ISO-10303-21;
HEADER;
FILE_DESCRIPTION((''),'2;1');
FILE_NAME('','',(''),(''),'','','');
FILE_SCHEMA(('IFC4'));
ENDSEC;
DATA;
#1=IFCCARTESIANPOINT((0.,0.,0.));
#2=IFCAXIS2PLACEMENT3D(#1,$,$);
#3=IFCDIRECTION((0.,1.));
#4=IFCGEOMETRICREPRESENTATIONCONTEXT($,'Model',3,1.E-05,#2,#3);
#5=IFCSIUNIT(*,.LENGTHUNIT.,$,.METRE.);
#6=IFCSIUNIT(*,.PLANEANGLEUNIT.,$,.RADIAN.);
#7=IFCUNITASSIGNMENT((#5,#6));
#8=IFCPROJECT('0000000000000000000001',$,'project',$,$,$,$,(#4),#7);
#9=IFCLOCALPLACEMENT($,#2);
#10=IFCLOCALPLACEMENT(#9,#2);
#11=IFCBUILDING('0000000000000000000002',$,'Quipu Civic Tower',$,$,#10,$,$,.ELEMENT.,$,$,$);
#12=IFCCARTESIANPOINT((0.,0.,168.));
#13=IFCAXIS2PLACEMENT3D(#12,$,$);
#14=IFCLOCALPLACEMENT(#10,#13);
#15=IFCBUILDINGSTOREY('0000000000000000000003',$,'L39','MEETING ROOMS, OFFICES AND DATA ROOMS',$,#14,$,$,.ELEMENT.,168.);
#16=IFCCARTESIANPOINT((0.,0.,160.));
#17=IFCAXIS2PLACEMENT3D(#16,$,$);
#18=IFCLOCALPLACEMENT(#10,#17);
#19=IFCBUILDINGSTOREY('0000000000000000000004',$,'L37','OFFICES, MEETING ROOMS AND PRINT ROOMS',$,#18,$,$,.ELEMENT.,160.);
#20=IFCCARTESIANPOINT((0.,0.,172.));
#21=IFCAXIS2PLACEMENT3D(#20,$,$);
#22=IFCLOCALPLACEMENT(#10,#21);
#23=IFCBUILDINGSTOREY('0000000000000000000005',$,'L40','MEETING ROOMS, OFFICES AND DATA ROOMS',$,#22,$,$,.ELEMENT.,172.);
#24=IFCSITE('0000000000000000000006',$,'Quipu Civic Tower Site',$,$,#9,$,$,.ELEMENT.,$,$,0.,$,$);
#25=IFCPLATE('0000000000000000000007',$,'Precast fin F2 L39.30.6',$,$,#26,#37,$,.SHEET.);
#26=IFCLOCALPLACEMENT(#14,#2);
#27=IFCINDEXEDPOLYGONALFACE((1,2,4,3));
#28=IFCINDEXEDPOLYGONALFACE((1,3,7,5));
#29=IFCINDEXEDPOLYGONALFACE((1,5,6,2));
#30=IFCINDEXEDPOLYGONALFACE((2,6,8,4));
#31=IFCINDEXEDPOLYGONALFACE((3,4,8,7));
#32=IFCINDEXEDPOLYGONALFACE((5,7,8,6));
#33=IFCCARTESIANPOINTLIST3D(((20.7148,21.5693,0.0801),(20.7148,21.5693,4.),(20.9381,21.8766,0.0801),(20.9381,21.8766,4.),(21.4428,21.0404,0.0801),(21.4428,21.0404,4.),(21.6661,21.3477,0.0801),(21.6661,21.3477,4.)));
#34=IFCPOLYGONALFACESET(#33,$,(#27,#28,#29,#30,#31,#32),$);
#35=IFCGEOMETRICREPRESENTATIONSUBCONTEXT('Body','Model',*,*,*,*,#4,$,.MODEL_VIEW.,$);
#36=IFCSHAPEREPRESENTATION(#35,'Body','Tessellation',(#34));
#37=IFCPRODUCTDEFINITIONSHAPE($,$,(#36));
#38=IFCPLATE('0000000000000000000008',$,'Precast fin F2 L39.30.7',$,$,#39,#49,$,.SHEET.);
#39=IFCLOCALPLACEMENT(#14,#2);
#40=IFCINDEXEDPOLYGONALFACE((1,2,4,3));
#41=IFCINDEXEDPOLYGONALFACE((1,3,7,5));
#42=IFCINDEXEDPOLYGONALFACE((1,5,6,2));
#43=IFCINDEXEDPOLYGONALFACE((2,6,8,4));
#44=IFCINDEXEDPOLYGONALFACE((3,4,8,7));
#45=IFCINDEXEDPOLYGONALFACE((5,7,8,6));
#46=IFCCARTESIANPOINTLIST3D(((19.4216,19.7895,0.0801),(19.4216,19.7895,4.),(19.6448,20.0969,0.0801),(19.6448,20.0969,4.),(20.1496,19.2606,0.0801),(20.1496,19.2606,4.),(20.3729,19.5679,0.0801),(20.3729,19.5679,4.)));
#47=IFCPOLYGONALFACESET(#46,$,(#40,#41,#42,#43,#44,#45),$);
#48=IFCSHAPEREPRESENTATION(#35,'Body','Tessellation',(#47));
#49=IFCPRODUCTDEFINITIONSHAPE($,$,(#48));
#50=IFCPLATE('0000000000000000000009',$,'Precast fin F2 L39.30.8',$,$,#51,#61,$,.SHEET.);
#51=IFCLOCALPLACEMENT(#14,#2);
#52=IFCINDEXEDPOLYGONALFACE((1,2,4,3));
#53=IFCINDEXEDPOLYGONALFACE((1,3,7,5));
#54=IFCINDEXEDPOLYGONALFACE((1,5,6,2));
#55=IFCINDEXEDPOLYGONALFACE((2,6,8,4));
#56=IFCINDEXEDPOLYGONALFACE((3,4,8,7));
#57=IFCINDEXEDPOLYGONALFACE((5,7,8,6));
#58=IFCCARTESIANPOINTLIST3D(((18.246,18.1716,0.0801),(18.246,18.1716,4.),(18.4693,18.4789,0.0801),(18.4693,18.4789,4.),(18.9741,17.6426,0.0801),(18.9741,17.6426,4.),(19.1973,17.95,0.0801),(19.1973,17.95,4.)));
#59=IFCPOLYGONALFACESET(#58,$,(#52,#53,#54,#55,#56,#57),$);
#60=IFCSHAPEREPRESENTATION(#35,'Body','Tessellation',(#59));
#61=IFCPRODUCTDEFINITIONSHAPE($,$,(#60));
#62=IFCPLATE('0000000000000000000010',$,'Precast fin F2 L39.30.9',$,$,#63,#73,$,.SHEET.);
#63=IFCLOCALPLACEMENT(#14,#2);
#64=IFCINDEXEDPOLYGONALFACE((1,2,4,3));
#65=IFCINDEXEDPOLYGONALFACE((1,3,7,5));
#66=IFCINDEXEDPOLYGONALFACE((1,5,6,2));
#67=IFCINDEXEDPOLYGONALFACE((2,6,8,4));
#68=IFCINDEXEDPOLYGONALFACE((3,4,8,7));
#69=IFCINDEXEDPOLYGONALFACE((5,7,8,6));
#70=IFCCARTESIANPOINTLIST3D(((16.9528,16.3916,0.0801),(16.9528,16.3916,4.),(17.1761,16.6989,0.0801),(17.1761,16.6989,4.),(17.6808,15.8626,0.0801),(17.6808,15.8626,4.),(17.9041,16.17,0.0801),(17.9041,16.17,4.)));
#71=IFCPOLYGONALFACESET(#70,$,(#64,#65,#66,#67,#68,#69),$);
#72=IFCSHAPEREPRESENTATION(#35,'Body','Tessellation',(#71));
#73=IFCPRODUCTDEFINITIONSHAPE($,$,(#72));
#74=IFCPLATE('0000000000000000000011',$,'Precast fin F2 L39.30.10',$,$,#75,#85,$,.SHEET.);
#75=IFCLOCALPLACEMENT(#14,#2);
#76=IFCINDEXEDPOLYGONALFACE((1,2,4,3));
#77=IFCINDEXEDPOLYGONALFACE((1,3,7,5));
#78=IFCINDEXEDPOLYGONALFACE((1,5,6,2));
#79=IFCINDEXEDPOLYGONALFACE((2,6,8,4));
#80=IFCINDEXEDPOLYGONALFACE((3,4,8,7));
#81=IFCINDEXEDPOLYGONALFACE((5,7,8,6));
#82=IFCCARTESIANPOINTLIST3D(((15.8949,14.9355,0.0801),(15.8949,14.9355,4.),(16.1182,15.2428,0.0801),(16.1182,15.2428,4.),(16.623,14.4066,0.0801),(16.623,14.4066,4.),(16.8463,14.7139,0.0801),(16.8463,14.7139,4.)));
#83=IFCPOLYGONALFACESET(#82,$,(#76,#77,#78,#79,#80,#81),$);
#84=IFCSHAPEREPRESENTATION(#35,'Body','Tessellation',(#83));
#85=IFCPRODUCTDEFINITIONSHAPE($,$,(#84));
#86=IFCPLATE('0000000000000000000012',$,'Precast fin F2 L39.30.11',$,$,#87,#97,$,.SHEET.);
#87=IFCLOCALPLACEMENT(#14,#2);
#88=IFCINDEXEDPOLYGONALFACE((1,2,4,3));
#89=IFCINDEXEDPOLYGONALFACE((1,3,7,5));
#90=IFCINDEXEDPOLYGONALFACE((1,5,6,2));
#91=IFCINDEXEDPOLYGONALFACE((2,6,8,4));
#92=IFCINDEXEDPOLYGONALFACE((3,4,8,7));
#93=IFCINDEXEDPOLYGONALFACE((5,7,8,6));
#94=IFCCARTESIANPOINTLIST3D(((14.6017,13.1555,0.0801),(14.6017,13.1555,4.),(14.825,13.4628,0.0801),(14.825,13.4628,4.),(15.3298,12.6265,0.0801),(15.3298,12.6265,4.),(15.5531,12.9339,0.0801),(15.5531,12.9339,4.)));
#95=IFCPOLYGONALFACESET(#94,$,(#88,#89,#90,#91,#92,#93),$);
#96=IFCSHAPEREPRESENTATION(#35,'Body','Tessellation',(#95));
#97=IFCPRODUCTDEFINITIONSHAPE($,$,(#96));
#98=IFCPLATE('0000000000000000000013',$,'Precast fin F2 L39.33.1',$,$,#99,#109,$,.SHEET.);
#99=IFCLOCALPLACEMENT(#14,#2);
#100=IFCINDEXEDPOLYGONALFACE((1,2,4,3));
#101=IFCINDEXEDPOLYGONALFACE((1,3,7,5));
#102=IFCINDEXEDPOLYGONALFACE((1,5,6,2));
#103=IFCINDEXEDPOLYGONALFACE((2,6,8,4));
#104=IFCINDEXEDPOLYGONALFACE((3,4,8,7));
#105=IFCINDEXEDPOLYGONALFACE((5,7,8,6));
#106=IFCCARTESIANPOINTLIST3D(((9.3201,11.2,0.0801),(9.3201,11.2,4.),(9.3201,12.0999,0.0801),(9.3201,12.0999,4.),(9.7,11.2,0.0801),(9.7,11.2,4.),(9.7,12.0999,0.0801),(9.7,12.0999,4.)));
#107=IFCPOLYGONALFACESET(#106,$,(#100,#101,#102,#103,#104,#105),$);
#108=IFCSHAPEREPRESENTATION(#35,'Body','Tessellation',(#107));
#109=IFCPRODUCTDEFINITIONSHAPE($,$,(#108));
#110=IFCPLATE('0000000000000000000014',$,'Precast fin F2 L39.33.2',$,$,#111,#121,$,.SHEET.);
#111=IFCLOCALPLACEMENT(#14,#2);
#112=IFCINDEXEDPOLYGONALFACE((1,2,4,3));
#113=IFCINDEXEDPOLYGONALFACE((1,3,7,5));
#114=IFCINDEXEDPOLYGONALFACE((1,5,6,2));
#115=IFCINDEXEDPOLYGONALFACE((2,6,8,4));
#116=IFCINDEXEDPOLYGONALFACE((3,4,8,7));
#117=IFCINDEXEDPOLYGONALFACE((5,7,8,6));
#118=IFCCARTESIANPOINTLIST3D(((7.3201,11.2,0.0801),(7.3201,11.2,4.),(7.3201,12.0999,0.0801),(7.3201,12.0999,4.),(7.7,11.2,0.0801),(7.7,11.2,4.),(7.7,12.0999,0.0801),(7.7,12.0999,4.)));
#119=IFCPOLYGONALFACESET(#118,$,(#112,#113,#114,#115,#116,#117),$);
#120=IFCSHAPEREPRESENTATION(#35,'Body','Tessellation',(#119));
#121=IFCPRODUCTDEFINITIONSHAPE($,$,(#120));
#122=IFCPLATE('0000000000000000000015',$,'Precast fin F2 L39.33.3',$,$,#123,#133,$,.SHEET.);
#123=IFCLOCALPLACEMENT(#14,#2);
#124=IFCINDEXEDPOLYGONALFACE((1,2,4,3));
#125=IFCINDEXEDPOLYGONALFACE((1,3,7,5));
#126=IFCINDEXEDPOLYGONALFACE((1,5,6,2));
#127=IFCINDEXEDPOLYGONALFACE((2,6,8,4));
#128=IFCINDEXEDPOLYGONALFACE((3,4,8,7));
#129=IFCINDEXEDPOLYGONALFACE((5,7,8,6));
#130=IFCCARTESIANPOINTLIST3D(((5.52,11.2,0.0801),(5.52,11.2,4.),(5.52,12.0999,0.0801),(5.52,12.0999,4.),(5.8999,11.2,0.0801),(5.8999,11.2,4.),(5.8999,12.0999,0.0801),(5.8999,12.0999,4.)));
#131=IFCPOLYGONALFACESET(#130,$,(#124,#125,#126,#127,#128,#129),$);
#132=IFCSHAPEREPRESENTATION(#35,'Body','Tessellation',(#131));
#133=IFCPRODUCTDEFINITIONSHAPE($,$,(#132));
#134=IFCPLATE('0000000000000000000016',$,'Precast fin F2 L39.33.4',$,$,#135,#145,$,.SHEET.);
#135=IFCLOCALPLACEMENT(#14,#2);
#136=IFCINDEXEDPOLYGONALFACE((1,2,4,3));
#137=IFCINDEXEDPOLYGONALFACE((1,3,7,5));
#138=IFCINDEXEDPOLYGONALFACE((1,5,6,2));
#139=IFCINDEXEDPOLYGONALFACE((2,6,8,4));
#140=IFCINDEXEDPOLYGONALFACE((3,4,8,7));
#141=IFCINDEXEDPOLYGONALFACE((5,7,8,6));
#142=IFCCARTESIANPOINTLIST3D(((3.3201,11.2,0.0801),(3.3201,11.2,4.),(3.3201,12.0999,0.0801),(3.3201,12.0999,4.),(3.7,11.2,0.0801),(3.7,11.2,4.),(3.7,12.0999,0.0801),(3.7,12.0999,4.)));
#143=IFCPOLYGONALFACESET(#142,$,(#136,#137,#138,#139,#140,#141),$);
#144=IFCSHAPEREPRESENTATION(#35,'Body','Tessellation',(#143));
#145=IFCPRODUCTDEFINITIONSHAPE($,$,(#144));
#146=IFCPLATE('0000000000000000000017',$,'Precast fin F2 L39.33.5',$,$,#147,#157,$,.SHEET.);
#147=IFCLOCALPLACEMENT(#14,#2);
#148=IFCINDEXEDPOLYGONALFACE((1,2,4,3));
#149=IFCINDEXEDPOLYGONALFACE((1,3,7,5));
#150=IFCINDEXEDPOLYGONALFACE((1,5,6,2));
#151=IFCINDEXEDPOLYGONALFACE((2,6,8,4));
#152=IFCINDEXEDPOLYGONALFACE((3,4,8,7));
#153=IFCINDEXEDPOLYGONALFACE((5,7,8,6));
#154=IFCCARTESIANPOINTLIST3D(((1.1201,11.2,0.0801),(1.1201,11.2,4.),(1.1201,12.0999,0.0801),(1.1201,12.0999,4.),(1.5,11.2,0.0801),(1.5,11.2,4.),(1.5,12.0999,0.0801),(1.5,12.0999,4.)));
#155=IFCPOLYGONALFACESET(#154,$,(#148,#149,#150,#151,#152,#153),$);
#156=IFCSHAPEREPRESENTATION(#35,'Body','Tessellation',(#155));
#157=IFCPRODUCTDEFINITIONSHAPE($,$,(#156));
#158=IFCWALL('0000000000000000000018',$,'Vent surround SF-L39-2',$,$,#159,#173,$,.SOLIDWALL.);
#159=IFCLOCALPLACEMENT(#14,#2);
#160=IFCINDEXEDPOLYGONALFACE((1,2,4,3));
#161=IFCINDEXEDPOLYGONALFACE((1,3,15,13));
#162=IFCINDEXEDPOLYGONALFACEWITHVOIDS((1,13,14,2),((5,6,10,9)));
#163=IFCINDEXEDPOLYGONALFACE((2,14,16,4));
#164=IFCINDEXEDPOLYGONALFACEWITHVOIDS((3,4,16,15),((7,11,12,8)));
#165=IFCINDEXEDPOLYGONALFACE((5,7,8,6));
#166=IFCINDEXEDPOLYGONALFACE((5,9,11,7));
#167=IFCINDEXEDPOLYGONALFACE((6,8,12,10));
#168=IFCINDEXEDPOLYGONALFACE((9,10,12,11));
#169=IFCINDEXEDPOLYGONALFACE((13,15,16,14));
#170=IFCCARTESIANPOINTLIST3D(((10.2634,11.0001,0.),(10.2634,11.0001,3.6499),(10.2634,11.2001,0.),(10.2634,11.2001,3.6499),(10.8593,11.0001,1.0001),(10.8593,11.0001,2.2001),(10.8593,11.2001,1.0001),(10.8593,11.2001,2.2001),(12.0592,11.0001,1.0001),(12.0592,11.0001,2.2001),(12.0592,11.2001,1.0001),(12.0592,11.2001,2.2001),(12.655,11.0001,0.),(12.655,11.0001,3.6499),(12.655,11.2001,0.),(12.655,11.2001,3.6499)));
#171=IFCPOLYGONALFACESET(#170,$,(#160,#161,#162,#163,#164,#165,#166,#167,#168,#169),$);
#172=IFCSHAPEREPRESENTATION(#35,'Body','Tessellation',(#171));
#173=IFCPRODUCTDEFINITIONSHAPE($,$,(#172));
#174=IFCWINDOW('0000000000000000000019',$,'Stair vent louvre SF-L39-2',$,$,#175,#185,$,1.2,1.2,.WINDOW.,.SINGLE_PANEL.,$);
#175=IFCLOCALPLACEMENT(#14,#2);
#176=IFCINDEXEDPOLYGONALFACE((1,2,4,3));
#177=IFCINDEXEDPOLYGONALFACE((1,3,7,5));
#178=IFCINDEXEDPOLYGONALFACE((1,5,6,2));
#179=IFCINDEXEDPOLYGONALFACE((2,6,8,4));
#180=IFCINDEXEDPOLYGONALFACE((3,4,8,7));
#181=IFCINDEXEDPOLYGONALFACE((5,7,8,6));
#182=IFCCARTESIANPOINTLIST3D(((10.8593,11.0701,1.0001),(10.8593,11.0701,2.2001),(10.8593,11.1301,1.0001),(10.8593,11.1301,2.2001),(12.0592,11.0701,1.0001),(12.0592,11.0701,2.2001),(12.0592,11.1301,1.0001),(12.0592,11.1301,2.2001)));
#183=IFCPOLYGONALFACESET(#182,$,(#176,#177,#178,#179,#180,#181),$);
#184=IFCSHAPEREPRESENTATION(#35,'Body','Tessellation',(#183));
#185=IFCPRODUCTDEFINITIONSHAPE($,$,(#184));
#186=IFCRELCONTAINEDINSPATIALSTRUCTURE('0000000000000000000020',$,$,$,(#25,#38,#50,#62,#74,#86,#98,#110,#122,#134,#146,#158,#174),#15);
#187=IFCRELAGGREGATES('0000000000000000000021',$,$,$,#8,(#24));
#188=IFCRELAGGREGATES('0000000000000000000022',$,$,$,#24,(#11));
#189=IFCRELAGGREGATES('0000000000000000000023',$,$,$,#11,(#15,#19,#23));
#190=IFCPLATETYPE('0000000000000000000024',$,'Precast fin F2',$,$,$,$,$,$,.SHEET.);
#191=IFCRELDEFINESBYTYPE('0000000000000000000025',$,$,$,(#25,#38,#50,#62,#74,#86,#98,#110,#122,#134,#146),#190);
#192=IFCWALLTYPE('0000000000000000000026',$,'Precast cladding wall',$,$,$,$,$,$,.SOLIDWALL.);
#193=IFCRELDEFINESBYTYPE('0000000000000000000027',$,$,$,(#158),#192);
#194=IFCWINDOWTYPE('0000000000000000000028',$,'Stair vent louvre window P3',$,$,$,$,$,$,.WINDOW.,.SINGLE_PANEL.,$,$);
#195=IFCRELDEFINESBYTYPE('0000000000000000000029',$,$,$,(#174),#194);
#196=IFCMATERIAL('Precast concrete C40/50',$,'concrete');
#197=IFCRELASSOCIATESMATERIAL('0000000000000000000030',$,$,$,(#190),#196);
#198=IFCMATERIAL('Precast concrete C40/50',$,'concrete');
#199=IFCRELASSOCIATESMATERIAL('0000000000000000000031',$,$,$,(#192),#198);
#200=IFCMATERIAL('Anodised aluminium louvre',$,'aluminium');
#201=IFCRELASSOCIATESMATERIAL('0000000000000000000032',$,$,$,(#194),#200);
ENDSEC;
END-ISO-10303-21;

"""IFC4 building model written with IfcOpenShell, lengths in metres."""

from ifc_helpers import new_model, si_unit, direction, frame, frame_2d, origin, origin_2d, place, context, subcontext, project, spatial, rectangle, extrude, material, type_object, element, fill, save


model = new_model("IFC4")

# Units and contexts
model_context = context("Model", 3, precision=1e-05, world=origin(), true_north=direction((0.0, 1.0)))
body_context = subcontext(model_context, "Body", "Model", "MODEL_VIEW")
ifc_project = project(units=[si_unit("LENGTHUNIT", "METRE"), si_unit("PLANEANGLEUNIT", "RADIAN")], contexts=[model_context])

# Site, building, storey
site_placement = place(None, origin())
site = spatial("IfcSite", under=ifc_project, at=site_placement, Name="Quipu Civic Tower Site", CompositionType="ELEMENT", RefElevation=0.0)
building_placement = place(site_placement, origin())
building = spatial("IfcBuilding", under=site, at=building_placement, Name="Quipu Civic Tower", CompositionType="ELEMENT")
storey_1_placement = place(building_placement, frame((0.0, 0.0, 168.0)))
storey_1 = spatial("IfcBuildingStorey", under=building, at=storey_1_placement, Name="L39", Description="MEETING ROOMS, OFFICES AND DATA ROOMS", CompositionType="ELEMENT", Elevation=168.0)

# Shared definitions
storey_2_placement = place(building_placement, frame((0.0, 0.0, 160.0)))
storey_2 = spatial("IfcBuildingStorey", under=building, at=storey_2_placement, Name="L37", Description="OFFICES, MEETING ROOMS AND PRINT ROOMS", CompositionType="ELEMENT", Elevation=160.0)

# Shared definitions
storey_3_placement = place(building_placement, frame((0.0, 0.0, 172.0)))
storey_3 = spatial("IfcBuildingStorey", under=building, at=storey_3_placement, Name="L40", Description="MEETING ROOMS, OFFICES AND DATA ROOMS", CompositionType="ELEMENT", Elevation=172.0)

# Plates
ifc_material_1 = material(Name="Precast concrete C40/50", Category="concrete")
plate_type_1 = type_object("IfcPlateType", Name="Precast fin F2", PredefinedType="SHEET", material=ifc_material_1)
for number, where, z_axis, x_axis, name in (
    (1, (21.1904, 21.4585, 0.0801), (0.0, 0.0, 1.0), (-0.587787, -0.809016, 0.0), "Precast fin F2 L39.30.6"),
    (2, (19.8972, 19.6787, 0.0801), (0.0, 0.0, 1.0), (-0.587787, -0.809016, 0.0), "Precast fin F2 L39.30.7"),
    (3, (18.7217, 18.0608, 0.0801), (0.0, 0.0, 1.0), (-0.587787, -0.809016, 0.0), "Precast fin F2 L39.30.8"),
    (4, (17.4285, 16.2808, 0.0801), (0.0, 0.0, 1.0), (-0.587787, -0.809016, 0.0), "Precast fin F2 L39.30.9"),
    (5, (16.3706, 14.8247, 0.0801), (0.0, 0.0, 1.0), (-0.587787, -0.809016, 0.0), "Precast fin F2 L39.30.10"),
    (6, (15.0774, 13.0447, 0.0801), (0.0, 0.0, 1.0), (-0.587787, -0.809016, 0.0), "Precast fin F2 L39.30.11"),
    (7, (9.51, 11.6499, 0.0801), (0.0, 0.0, 1.0), (-1.0, 0.0, 0.0), "Precast fin F2 L39.33.1"),
    (8, (7.51, 11.6499, 0.0801), (0.0, 0.0, 1.0), (-1.0, 0.0, 0.0), "Precast fin F2 L39.33.2"),
    (9, (5.71, 11.6499, 0.0801), (0.0, 0.0, 1.0), (-1.0, 0.0, 0.0), "Precast fin F2 L39.33.3"),
    (10, (3.51, 11.6499, 0.0801), (0.0, 0.0, 1.0), (-1.0, 0.0, 0.0), "Precast fin F2 L39.33.4"),
    (11, (1.3101, 11.6499, 0.0801), (0.0, 0.0, 1.0), (-1.0, 0.0, 0.0), "Precast fin F2 L39.33.5"),
):
    element("IfcPlate", number, at=place(storey_1_placement, frame(where, z_axis=z_axis, x_axis=x_axis)), inside=storey_1, type_object=plate_type_1, Name=name, PredefinedType="SHEET", context=body_context, shape_type="SweptSolid", body=[
        extrude(rectangle(XDim=0.3799, YDim=0.8999, at=origin_2d()), origin(), (0.0, 0.0, 1.0), 3.9199),
    ])

# Wall, opening, window
ifc_material_2 = material(Name="Precast concrete C40/50", Category="concrete")
wall_type = type_object("IfcWallType", Name="Precast cladding wall", PredefinedType="SOLIDWALL", material=ifc_material_2)
wall_placement = place(storey_1_placement, frame((12.655, 11.1001, 0.0), z_axis=(0.0, 0.0, 1.0), x_axis=(-1.0, 0.0, 0.0)))
wall = element("IfcWall", 12, at=wall_placement, inside=storey_1, type_object=wall_type, Name="Vent surround SF-L39-2", PredefinedType="SOLIDWALL", context=body_context, shape_type="SweptSolid", body=[
    extrude(rectangle(XDim=2.3916, YDim=0.2, at=frame_2d((1.1958, 0.0))), origin(), (0.0, 0.0, 1.0), 3.6499),
])
opening_placement = place(wall_placement, frame((0.5957, 0.0, 1.0)))
opening = element("IfcOpeningElement", 13, at=opening_placement, cuts=wall, PredefinedType="OPENING", context=body_context, shape_type="SweptSolid", body=[
    extrude(rectangle(XDim=1.2, YDim=1.2, at=frame_2d((0.6001, 0.6001))), frame((0.0, 0.1099, 0.0), z_axis=(0.0, -1.0, 0.0), x_axis=(1.0, 0.0, 0.0)), (0.0, 0.0, 1.0), 0.22),
])
ifc_material_3 = material(Name="Anodised aluminium louvre", Category="aluminium")
window_type = type_object("IfcWindowType", Name="Stair vent louvre window P3", PartitioningType="SINGLE_PANEL", PredefinedType="WINDOW", material=ifc_material_3)
window_placement = place(opening_placement, origin())
window = element("IfcWindow", 14, at=window_placement, inside=storey_1, type_object=window_type, Name="Stair vent louvre SF-L39-2", OverallHeight=1.2, OverallWidth=1.2, PartitioningType="SINGLE_PANEL", PredefinedType="WINDOW", context=body_context, shape_type="SweptSolid", body=[
    extrude(rectangle(XDim=1.2, YDim=1.2, at=frame_2d((0.6001, 0.6001))), frame((0.0, 0.03, 0.0), z_axis=(0.0, -1.0, 0.0), x_axis=(1.0, 0.0, 0.0)), (0.0, 0.0, 1.0), 0.0601),
])
fill(opening, window)

save(model, "model.ifc")
